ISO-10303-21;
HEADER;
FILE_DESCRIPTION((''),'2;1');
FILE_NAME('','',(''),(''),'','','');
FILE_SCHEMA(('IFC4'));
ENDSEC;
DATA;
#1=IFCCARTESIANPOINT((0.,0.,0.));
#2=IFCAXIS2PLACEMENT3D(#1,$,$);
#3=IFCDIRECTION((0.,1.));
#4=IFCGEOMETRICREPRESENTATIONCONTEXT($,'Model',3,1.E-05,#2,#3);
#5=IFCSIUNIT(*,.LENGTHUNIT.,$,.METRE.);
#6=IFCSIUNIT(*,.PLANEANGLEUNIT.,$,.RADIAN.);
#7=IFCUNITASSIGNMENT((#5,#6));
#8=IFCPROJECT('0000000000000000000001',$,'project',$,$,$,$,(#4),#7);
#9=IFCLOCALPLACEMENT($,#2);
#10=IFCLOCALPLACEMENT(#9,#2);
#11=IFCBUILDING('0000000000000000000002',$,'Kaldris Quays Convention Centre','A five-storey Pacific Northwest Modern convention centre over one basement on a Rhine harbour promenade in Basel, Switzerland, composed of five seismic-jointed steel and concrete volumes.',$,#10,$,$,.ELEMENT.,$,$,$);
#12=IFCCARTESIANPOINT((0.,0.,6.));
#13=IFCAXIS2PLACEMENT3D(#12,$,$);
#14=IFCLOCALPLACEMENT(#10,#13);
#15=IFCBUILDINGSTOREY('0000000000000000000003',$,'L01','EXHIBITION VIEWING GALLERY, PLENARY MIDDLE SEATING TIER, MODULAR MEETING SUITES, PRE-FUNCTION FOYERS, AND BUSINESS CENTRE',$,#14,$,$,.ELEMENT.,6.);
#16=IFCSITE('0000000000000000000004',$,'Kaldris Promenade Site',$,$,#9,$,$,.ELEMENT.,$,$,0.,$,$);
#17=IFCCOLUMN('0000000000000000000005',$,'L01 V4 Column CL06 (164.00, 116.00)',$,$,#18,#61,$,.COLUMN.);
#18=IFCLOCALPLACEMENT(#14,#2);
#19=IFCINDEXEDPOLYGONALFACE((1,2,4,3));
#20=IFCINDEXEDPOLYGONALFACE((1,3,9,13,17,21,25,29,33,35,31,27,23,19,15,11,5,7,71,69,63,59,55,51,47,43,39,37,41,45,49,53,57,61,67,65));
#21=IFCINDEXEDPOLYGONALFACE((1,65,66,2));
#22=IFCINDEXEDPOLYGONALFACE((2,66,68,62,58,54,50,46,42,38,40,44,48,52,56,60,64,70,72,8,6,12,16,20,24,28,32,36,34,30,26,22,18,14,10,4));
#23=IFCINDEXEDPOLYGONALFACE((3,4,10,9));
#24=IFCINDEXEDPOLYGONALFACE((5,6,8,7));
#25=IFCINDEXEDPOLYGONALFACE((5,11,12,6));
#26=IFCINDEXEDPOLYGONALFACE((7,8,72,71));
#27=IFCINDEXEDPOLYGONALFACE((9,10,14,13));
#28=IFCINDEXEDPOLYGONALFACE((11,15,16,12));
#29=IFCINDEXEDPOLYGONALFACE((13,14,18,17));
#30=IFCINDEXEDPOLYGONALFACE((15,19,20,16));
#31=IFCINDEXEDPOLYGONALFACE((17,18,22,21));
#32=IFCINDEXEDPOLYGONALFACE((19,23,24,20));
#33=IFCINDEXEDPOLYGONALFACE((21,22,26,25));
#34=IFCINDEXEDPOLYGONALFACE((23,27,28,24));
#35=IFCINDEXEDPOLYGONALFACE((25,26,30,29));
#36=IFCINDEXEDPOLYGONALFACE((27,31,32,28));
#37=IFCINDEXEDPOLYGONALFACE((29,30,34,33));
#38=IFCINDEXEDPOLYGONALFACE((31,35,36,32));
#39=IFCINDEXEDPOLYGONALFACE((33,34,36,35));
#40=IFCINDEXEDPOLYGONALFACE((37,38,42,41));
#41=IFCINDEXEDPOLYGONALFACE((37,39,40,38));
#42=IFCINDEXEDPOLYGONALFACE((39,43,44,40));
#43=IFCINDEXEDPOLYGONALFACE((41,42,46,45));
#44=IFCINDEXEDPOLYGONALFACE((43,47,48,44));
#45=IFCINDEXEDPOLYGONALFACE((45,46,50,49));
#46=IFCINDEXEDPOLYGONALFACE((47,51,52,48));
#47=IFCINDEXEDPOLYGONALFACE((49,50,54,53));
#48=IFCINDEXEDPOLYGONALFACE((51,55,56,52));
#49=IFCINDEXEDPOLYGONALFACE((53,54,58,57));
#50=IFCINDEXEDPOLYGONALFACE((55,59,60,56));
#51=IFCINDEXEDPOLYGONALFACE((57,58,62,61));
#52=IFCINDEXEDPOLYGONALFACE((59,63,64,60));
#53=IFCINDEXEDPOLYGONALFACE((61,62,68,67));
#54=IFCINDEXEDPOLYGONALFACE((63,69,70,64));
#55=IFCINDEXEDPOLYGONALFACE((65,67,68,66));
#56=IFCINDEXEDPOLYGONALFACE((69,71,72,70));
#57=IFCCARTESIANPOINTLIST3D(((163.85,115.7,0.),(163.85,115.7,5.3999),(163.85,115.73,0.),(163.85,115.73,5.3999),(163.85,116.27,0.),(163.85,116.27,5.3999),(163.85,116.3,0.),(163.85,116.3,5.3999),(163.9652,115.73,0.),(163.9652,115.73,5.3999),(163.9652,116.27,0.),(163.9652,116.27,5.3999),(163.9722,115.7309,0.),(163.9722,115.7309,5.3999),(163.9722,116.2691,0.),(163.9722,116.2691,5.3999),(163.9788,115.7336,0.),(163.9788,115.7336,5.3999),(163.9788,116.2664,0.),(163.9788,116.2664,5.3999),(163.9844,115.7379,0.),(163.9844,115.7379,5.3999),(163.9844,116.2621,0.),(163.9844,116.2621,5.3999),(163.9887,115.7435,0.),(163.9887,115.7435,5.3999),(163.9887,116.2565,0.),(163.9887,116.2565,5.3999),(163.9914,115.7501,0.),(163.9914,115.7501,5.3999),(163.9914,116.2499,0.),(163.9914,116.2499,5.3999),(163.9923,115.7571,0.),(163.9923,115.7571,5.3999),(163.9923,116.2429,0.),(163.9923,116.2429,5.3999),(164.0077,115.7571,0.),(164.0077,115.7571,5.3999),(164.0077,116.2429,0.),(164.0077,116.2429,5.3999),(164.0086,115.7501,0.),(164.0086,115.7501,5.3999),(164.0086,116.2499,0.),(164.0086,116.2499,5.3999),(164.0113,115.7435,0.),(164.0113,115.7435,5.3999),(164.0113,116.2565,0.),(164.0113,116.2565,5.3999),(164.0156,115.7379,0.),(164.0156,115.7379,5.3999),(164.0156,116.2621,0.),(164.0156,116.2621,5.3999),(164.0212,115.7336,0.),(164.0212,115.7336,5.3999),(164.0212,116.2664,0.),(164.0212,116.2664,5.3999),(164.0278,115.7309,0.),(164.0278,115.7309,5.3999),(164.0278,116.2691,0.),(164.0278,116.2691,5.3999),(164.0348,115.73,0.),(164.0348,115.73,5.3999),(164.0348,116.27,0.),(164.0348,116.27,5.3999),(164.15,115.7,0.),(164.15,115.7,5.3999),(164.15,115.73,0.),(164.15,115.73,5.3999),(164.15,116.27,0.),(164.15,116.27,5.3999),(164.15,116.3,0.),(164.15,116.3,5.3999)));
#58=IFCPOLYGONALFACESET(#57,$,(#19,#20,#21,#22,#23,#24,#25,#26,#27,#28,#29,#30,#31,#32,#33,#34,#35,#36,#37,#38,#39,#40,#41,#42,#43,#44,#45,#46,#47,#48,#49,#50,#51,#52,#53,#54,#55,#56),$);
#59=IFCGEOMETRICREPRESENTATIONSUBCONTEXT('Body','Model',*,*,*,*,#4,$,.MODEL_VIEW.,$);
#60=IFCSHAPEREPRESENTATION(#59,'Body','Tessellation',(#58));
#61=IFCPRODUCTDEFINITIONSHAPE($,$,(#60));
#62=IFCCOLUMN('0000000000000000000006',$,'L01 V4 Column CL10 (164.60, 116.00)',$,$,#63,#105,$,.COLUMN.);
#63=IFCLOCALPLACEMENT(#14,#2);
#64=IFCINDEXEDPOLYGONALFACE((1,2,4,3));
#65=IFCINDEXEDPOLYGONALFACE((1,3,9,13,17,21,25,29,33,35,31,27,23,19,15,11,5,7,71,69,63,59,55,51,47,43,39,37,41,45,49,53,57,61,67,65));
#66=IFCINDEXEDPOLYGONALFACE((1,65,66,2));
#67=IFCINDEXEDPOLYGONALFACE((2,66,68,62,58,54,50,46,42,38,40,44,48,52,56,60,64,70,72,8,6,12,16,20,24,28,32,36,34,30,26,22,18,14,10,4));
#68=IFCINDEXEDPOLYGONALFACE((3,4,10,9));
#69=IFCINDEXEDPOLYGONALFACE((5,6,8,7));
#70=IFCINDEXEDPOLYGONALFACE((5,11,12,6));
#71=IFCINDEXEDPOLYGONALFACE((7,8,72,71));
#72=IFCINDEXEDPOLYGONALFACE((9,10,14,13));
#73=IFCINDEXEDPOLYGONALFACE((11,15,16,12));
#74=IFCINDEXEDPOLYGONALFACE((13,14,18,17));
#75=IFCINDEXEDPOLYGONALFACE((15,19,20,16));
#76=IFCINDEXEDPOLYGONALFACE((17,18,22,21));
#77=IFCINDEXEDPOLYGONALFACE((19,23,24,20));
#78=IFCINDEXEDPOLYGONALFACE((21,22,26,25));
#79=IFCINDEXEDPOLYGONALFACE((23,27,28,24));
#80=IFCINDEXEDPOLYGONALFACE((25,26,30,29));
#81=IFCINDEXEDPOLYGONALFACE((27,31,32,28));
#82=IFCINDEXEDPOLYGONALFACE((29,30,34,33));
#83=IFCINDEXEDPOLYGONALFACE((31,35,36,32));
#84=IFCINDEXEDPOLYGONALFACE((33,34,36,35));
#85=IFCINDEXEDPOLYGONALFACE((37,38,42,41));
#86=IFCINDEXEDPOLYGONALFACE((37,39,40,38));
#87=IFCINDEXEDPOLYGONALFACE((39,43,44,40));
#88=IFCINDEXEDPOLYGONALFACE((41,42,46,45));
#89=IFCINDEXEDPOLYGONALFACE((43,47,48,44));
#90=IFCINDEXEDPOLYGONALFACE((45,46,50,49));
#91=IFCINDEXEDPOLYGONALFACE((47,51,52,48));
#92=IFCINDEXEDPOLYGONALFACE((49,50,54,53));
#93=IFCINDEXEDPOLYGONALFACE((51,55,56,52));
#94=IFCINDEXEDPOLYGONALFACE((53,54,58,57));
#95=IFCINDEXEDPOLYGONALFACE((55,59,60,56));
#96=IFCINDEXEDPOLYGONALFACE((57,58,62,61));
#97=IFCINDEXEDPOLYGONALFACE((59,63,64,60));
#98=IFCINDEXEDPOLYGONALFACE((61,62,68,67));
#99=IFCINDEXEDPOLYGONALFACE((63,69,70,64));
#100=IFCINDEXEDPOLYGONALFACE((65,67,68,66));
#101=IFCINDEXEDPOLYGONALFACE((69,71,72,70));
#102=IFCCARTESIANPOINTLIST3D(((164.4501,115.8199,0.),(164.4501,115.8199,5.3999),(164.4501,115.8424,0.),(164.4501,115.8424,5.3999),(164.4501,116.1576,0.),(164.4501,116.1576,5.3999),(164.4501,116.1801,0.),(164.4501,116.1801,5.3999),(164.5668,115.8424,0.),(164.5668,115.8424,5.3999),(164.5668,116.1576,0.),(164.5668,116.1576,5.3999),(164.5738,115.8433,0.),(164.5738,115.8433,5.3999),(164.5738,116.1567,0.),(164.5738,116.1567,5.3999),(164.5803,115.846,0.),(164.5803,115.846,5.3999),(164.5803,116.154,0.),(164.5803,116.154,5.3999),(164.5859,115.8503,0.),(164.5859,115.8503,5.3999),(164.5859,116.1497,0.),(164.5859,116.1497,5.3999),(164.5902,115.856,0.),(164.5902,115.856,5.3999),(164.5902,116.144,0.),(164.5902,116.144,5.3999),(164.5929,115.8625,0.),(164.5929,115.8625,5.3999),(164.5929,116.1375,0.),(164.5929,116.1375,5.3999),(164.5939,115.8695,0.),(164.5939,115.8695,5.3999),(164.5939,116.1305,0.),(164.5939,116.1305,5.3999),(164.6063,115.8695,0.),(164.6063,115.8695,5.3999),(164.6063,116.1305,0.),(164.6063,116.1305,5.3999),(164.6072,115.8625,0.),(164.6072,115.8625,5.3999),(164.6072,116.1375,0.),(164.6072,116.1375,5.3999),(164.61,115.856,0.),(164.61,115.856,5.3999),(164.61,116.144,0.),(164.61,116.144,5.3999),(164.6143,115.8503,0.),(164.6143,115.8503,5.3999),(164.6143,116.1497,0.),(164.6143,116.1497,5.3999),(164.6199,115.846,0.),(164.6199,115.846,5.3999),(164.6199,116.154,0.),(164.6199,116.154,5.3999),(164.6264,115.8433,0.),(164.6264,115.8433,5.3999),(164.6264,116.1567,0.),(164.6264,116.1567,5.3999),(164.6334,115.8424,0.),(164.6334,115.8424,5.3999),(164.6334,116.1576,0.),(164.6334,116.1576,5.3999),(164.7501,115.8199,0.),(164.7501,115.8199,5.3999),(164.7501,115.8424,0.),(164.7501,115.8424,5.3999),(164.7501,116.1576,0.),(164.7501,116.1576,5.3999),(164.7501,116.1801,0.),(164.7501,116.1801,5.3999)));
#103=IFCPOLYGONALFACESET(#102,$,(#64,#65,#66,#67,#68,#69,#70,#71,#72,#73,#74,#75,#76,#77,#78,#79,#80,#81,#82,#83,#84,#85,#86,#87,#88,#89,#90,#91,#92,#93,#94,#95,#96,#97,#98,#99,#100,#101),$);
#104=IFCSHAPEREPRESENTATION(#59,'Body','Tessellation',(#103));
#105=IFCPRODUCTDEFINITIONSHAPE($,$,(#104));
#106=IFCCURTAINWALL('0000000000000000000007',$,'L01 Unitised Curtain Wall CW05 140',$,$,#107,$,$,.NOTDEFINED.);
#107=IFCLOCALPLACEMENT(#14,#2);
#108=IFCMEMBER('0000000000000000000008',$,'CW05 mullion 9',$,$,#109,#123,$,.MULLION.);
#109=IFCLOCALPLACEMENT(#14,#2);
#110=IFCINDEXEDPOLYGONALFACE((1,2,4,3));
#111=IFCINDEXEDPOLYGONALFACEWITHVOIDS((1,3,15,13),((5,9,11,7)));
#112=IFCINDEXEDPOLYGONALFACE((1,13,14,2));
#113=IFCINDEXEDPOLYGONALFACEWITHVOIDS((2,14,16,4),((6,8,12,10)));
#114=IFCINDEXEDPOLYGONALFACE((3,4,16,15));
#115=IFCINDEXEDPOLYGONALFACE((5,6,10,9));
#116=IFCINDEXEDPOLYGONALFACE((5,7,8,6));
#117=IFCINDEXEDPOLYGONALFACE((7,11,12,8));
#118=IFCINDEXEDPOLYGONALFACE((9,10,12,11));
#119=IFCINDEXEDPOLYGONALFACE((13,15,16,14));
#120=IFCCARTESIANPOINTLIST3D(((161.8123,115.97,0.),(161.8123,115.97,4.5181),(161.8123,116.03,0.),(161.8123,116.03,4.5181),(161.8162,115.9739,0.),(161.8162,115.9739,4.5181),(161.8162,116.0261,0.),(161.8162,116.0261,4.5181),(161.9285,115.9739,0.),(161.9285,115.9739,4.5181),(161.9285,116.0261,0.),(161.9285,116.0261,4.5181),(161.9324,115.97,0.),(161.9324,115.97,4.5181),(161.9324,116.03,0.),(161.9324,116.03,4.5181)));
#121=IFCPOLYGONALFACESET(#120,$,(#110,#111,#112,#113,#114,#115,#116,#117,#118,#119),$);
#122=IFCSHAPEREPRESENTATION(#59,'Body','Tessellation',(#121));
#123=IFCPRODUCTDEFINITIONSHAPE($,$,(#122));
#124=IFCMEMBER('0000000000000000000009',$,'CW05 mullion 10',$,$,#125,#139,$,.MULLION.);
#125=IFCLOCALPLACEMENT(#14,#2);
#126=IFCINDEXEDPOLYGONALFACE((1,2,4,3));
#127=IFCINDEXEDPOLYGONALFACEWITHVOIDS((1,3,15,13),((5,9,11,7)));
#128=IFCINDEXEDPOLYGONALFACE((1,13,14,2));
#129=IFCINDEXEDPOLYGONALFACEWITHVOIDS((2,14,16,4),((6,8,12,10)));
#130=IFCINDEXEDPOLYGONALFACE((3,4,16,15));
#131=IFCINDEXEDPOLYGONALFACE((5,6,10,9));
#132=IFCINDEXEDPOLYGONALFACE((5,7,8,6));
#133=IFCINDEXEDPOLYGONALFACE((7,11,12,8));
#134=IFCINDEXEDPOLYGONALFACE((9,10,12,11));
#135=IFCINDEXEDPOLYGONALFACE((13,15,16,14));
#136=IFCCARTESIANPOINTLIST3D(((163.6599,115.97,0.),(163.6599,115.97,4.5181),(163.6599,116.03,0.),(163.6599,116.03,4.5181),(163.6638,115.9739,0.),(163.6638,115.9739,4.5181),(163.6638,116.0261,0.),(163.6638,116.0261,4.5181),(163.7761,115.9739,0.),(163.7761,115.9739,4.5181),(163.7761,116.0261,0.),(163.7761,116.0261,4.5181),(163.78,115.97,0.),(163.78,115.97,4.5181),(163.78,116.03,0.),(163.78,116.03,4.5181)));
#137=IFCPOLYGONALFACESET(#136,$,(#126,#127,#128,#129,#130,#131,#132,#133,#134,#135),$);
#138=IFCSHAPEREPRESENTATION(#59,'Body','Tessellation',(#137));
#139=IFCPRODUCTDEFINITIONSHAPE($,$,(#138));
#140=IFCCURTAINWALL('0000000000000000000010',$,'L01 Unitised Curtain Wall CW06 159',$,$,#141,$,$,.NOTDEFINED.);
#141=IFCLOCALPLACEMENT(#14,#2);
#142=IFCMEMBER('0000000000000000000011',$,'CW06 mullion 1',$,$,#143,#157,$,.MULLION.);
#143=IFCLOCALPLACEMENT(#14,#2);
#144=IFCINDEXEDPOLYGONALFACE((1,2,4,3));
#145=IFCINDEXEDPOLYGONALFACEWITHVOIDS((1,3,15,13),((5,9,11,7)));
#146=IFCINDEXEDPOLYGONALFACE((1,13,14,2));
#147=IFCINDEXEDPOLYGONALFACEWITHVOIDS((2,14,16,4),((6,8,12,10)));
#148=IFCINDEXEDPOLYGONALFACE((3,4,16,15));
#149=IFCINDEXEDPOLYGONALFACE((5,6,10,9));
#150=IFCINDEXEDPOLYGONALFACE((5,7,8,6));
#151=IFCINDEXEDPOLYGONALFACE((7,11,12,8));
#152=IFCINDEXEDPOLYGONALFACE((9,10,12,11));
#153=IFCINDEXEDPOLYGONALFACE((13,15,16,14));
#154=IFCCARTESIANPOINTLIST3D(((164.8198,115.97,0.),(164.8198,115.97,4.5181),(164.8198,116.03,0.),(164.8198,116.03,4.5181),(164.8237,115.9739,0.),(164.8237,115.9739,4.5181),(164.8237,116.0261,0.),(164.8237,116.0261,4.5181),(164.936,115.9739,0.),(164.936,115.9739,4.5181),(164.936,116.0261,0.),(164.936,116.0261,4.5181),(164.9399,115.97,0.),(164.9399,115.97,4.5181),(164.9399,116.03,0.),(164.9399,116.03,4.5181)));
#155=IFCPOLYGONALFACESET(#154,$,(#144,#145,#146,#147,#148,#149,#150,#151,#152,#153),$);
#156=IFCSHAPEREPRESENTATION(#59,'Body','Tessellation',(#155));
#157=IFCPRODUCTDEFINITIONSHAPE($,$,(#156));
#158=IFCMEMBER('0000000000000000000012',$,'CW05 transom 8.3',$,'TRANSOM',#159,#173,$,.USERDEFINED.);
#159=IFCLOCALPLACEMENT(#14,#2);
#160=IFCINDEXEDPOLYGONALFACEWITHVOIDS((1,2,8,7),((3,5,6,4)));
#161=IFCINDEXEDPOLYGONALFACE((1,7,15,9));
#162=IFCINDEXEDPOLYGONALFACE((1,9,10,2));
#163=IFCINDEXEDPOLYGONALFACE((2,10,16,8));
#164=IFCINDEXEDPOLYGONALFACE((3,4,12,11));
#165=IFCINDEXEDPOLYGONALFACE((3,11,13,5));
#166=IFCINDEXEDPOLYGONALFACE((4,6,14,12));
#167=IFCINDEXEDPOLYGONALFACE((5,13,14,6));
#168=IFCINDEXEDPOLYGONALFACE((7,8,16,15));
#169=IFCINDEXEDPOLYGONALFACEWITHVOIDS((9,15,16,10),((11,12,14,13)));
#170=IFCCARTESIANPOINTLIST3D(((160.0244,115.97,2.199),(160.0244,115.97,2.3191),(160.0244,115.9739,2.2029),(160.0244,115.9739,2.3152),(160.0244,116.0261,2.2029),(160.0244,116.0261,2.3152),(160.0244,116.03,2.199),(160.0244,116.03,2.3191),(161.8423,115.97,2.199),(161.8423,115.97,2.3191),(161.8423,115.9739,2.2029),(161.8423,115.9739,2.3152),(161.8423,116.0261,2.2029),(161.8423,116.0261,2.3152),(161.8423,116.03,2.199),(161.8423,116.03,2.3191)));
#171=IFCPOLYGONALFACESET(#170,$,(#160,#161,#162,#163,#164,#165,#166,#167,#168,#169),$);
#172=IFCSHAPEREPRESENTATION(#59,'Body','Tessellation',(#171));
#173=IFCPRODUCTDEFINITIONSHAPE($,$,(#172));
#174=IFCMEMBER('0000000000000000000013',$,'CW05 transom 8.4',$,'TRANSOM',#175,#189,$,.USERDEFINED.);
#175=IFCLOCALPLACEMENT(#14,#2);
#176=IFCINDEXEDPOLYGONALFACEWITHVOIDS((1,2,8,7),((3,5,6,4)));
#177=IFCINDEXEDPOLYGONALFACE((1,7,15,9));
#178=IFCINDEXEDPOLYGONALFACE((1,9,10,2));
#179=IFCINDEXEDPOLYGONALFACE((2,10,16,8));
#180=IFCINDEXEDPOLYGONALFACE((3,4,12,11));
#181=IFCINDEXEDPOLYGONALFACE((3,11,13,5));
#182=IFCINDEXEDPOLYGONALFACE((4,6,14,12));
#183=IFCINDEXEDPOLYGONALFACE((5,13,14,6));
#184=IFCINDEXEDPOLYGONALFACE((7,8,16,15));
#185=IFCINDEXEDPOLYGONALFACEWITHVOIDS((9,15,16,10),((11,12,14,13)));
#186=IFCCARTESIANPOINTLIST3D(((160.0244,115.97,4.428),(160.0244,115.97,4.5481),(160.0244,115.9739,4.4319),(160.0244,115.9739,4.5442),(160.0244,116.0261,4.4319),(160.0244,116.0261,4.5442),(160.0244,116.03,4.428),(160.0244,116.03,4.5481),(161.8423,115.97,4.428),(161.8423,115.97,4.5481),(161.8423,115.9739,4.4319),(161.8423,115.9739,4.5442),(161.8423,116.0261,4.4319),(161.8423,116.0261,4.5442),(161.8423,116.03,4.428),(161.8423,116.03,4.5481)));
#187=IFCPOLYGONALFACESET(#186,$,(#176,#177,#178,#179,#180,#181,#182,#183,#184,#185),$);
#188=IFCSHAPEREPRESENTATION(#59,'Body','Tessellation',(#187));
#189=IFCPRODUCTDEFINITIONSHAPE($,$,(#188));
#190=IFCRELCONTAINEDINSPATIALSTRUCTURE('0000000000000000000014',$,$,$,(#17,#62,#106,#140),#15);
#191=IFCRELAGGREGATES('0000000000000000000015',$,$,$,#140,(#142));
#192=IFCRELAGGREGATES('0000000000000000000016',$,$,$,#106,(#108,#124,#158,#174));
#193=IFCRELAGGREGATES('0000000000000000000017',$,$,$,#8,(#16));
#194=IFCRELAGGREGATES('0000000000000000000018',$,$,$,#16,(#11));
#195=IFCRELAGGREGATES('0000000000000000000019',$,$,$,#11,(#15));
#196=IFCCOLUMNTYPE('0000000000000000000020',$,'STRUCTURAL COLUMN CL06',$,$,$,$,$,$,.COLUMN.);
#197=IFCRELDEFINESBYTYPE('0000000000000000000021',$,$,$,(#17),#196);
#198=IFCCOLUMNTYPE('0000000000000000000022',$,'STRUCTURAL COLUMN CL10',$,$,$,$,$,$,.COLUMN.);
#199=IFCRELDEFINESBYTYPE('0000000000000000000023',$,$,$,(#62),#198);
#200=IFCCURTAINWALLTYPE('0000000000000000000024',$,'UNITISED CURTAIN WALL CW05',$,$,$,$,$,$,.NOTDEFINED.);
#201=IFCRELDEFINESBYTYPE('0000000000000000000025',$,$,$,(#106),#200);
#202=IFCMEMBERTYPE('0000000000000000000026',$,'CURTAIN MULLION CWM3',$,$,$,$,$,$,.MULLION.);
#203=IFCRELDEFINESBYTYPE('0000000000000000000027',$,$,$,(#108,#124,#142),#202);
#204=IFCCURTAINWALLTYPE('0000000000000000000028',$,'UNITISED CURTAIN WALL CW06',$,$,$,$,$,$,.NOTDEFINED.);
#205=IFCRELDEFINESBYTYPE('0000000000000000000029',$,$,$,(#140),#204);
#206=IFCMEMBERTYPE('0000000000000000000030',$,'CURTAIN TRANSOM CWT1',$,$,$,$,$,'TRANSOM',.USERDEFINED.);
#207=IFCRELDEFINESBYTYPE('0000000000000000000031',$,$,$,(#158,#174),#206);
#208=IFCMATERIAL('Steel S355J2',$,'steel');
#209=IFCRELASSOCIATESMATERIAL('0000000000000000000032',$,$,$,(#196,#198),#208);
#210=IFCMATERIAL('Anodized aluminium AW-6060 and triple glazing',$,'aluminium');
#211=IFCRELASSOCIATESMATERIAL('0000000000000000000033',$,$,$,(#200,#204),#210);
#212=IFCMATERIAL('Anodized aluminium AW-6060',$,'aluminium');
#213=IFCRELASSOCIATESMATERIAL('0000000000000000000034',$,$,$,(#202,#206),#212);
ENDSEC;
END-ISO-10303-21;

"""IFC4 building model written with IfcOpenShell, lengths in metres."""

from ifc_helpers import new_model, si_unit, direction, frame, origin, origin_2d, place, context, subcontext, project, spatial, hollow_rectangle, i_section, extrude, material, material_profile, profile_set, type_object, element, aggregate, save


model = new_model("IFC4")

# Units and contexts
model_context = context("Model", 3, precision=1e-05, world=origin(), true_north=direction((0.0, 1.0)))
body_context = subcontext(model_context, "Body", "Model", "MODEL_VIEW")
ifc_project = project(units=[si_unit("LENGTHUNIT", "METRE"), si_unit("PLANEANGLEUNIT", "RADIAN")], contexts=[model_context])

# Site, building, storey
site_placement = place(None, origin())
site = spatial("IfcSite", under=ifc_project, at=site_placement, Name="Kaldris Promenade Site", CompositionType="ELEMENT", RefElevation=0.0)
building_placement = place(site_placement, origin())
building = spatial("IfcBuilding", under=site, at=building_placement, Name="Kaldris Quays Convention Centre", Description="A five-storey Pacific Northwest Modern convention centre over one basement on a Rhine harbour promenade in Basel, Switzerland, composed of five seismic-jointed steel and concrete volumes.", CompositionType="ELEMENT")
storey_placement = place(building_placement, frame((0.0, 0.0, 6.0)))
storey = spatial("IfcBuildingStorey", under=building, at=storey_placement, Name="L01", Description="EXHIBITION VIEWING GALLERY, PLENARY MIDDLE SEATING TIER, MODULAR MEETING SUITES, PRE-FUNCTION FOYERS, AND BUSINESS CENTRE", CompositionType="ELEMENT", Elevation=6.0)

# Columns
ifc_material_1 = material(Name="Steel S355J2", Category="steel")
ifc_material_profile_1 = material_profile(ifc_material_1, i_section(OverallWidth=0.3, OverallDepth=0.6001, WebThickness=0.0154, FlangeThickness=0.03, FilletRadius=0.0271, at=origin_2d()), Name="HEB 600")
ifc_profile_set_1 = profile_set([ifc_material_profile_1], Name="Steel S355J2")
column_type_1 = type_object("IfcColumnType", Name="STRUCTURAL COLUMN CL06", PredefinedType="COLUMN", material=ifc_profile_set_1)
column_1_placement = place(storey_placement, frame((164.0, 116.0, 0.0), z_axis=(0.0, 0.0, 1.0), x_axis=(1.0, 0.0, 0.0)))
element("IfcColumn", 1, at=column_1_placement, inside=storey, type_object=column_type_1, Name="L01 V4 Column CL06 (164.00, 116.00)", PredefinedType="COLUMN", context=body_context, shape_type="SweptSolid", body=[
    extrude(i_section(OverallWidth=0.3, OverallDepth=0.6001, WebThickness=0.0154, FlangeThickness=0.03, FilletRadius=0.0271, at=origin_2d()), origin(), (0.0, 0.0, 1.0), 5.3999),
])
ifc_material_profile_2 = material_profile(ifc_material_1, i_section(OverallWidth=0.3, OverallDepth=0.3601, WebThickness=0.0125, FlangeThickness=0.0225, FilletRadius=0.0271, at=origin_2d()), Name="HEB 360")
ifc_profile_set_2 = profile_set([ifc_material_profile_2], Name="Steel S355J2")
column_type_2 = type_object("IfcColumnType", Name="STRUCTURAL COLUMN CL10", PredefinedType="COLUMN", material=ifc_profile_set_2)
column_2_placement = place(storey_placement, frame((164.6001, 116.0, 0.0), z_axis=(0.0, 0.0, 1.0), x_axis=(1.0, 0.0, 0.0)))
element("IfcColumn", 2, at=column_2_placement, inside=storey, type_object=column_type_2, Name="L01 V4 Column CL10 (164.60, 116.00)", PredefinedType="COLUMN", context=body_context, shape_type="SweptSolid", body=[
    extrude(i_section(OverallWidth=0.3, OverallDepth=0.3601, WebThickness=0.0125, FlangeThickness=0.0225, FilletRadius=0.0271, at=origin_2d()), origin(), (0.0, 0.0, 1.0), 5.3999),
])

# Curtain wall, members
ifc_material_2 = material(Name="Anodized aluminium AW-6060 and triple glazing", Category="aluminium")
curtain_wall_type_1 = type_object("IfcCurtainWallType", Name="UNITISED CURTAIN WALL CW05", PredefinedType="NOTDEFINED", material=ifc_material_2)
curtain_wall_1_placement = place(storey_placement, origin())
curtain_wall_1 = element("IfcCurtainWall", 3, at=curtain_wall_1_placement, inside=storey, type_object=curtain_wall_type_1, Name="L01 Unitised Curtain Wall CW05 140", PredefinedType="NOTDEFINED")
ifc_material_3 = material(Name="Anodized aluminium AW-6060", Category="aluminium")
ifc_material_profile_3 = material_profile(ifc_material_3, hollow_rectangle(XDim=0.0601, YDim=0.1201, WallThickness=0.0039, at=origin_2d()), Name="RHS 120x60x4")
ifc_profile_set_3 = profile_set([ifc_material_profile_3], Name="Anodized aluminium AW-6060")
member_type_1 = type_object("IfcMemberType", Name="CURTAIN MULLION CWM3", PredefinedType="MULLION", material=ifc_profile_set_3)
member_1_placement = place(storey_placement, frame((161.8723, 116.0, 0.0), z_axis=(0.0, 0.0, 1.0), x_axis=(0.0, 1.0, 0.0)))
member_1 = element("IfcMember", 4, at=member_1_placement, type_object=member_type_1, Name="CW05 mullion 9", PredefinedType="MULLION", context=body_context, shape_type="SweptSolid", body=[
    extrude(hollow_rectangle(XDim=0.0601, YDim=0.1201, WallThickness=0.0039, at=origin_2d()), origin(), (0.0, 0.0, 1.0), 4.5181),
])
member_2_placement = place(storey_placement, frame((163.72, 116.0, 0.0), z_axis=(0.0, 0.0, 1.0), x_axis=(0.0, 1.0, 0.0)))
member_2 = element("IfcMember", 5, at=member_2_placement, type_object=member_type_1, Name="CW05 mullion 10", PredefinedType="MULLION", context=body_context, shape_type="SweptSolid", body=[
    extrude(hollow_rectangle(XDim=0.0601, YDim=0.1201, WallThickness=0.0039, at=origin_2d()), origin(), (0.0, 0.0, 1.0), 4.5181),
])

# Curtain wall, member
curtain_wall_type_2 = type_object("IfcCurtainWallType", Name="UNITISED CURTAIN WALL CW06", PredefinedType="NOTDEFINED", material=ifc_material_2)
curtain_wall_2_placement = place(storey_placement, origin())
curtain_wall_2 = element("IfcCurtainWall", 6, at=curtain_wall_2_placement, inside=storey, type_object=curtain_wall_type_2, Name="L01 Unitised Curtain Wall CW06 159", PredefinedType="NOTDEFINED")
member_3_placement = place(storey_placement, frame((164.8799, 116.0, 0.0), z_axis=(0.0, 0.0, 1.0), x_axis=(0.0, 1.0, 0.0)))
member_3 = element("IfcMember", 7, at=member_3_placement, type_object=member_type_1, Name="CW06 mullion 1", PredefinedType="MULLION", context=body_context, shape_type="SweptSolid", body=[
    extrude(hollow_rectangle(XDim=0.0601, YDim=0.1201, WallThickness=0.0039, at=origin_2d()), origin(), (0.0, 0.0, 1.0), 4.5181),
])

# Members
ifc_material_profile_4 = material_profile(ifc_material_3, hollow_rectangle(XDim=0.0601, YDim=0.1201, WallThickness=0.0039, at=origin_2d()), Name="RHS 120x60x4")
ifc_profile_set_4 = profile_set([ifc_material_profile_4], Name="Anodized aluminium AW-6060")
member_type_2 = type_object("IfcMemberType", Name="CURTAIN TRANSOM CWT1", ElementType="TRANSOM", PredefinedType="USERDEFINED", material=ifc_profile_set_4)
member_4_placement = place(storey_placement, frame((160.0244, 116.0, 2.259), z_axis=(1.0, 0.0, 0.0), x_axis=(0.0, 1.0, 0.0)))
member_4 = element("IfcMember", 8, at=member_4_placement, type_object=member_type_2, Name="CW05 transom 8.3", ObjectType="TRANSOM", PredefinedType="USERDEFINED", context=body_context, shape_type="SweptSolid", body=[
    extrude(hollow_rectangle(XDim=0.0601, YDim=0.1201, WallThickness=0.0039, at=origin_2d()), origin(), (0.0, 0.0, 1.0), 1.8179),
])
member_5_placement = place(storey_placement, frame((160.0244, 116.0, 4.488), z_axis=(1.0, 0.0, 0.0), x_axis=(0.0, 1.0, 0.0)))
member_5 = element("IfcMember", 9, at=member_5_placement, type_object=member_type_2, Name="CW05 transom 8.4", ObjectType="TRANSOM", PredefinedType="USERDEFINED", context=body_context, shape_type="SweptSolid", body=[
    extrude(hollow_rectangle(XDim=0.0601, YDim=0.1201, WallThickness=0.0039, at=origin_2d()), origin(), (0.0, 0.0, 1.0), 1.8179),
])
aggregate(curtain_wall_2, [member_3])

aggregate(curtain_wall_1, [member_1, member_2, member_4, member_5])

save(model, "model.ifc")
